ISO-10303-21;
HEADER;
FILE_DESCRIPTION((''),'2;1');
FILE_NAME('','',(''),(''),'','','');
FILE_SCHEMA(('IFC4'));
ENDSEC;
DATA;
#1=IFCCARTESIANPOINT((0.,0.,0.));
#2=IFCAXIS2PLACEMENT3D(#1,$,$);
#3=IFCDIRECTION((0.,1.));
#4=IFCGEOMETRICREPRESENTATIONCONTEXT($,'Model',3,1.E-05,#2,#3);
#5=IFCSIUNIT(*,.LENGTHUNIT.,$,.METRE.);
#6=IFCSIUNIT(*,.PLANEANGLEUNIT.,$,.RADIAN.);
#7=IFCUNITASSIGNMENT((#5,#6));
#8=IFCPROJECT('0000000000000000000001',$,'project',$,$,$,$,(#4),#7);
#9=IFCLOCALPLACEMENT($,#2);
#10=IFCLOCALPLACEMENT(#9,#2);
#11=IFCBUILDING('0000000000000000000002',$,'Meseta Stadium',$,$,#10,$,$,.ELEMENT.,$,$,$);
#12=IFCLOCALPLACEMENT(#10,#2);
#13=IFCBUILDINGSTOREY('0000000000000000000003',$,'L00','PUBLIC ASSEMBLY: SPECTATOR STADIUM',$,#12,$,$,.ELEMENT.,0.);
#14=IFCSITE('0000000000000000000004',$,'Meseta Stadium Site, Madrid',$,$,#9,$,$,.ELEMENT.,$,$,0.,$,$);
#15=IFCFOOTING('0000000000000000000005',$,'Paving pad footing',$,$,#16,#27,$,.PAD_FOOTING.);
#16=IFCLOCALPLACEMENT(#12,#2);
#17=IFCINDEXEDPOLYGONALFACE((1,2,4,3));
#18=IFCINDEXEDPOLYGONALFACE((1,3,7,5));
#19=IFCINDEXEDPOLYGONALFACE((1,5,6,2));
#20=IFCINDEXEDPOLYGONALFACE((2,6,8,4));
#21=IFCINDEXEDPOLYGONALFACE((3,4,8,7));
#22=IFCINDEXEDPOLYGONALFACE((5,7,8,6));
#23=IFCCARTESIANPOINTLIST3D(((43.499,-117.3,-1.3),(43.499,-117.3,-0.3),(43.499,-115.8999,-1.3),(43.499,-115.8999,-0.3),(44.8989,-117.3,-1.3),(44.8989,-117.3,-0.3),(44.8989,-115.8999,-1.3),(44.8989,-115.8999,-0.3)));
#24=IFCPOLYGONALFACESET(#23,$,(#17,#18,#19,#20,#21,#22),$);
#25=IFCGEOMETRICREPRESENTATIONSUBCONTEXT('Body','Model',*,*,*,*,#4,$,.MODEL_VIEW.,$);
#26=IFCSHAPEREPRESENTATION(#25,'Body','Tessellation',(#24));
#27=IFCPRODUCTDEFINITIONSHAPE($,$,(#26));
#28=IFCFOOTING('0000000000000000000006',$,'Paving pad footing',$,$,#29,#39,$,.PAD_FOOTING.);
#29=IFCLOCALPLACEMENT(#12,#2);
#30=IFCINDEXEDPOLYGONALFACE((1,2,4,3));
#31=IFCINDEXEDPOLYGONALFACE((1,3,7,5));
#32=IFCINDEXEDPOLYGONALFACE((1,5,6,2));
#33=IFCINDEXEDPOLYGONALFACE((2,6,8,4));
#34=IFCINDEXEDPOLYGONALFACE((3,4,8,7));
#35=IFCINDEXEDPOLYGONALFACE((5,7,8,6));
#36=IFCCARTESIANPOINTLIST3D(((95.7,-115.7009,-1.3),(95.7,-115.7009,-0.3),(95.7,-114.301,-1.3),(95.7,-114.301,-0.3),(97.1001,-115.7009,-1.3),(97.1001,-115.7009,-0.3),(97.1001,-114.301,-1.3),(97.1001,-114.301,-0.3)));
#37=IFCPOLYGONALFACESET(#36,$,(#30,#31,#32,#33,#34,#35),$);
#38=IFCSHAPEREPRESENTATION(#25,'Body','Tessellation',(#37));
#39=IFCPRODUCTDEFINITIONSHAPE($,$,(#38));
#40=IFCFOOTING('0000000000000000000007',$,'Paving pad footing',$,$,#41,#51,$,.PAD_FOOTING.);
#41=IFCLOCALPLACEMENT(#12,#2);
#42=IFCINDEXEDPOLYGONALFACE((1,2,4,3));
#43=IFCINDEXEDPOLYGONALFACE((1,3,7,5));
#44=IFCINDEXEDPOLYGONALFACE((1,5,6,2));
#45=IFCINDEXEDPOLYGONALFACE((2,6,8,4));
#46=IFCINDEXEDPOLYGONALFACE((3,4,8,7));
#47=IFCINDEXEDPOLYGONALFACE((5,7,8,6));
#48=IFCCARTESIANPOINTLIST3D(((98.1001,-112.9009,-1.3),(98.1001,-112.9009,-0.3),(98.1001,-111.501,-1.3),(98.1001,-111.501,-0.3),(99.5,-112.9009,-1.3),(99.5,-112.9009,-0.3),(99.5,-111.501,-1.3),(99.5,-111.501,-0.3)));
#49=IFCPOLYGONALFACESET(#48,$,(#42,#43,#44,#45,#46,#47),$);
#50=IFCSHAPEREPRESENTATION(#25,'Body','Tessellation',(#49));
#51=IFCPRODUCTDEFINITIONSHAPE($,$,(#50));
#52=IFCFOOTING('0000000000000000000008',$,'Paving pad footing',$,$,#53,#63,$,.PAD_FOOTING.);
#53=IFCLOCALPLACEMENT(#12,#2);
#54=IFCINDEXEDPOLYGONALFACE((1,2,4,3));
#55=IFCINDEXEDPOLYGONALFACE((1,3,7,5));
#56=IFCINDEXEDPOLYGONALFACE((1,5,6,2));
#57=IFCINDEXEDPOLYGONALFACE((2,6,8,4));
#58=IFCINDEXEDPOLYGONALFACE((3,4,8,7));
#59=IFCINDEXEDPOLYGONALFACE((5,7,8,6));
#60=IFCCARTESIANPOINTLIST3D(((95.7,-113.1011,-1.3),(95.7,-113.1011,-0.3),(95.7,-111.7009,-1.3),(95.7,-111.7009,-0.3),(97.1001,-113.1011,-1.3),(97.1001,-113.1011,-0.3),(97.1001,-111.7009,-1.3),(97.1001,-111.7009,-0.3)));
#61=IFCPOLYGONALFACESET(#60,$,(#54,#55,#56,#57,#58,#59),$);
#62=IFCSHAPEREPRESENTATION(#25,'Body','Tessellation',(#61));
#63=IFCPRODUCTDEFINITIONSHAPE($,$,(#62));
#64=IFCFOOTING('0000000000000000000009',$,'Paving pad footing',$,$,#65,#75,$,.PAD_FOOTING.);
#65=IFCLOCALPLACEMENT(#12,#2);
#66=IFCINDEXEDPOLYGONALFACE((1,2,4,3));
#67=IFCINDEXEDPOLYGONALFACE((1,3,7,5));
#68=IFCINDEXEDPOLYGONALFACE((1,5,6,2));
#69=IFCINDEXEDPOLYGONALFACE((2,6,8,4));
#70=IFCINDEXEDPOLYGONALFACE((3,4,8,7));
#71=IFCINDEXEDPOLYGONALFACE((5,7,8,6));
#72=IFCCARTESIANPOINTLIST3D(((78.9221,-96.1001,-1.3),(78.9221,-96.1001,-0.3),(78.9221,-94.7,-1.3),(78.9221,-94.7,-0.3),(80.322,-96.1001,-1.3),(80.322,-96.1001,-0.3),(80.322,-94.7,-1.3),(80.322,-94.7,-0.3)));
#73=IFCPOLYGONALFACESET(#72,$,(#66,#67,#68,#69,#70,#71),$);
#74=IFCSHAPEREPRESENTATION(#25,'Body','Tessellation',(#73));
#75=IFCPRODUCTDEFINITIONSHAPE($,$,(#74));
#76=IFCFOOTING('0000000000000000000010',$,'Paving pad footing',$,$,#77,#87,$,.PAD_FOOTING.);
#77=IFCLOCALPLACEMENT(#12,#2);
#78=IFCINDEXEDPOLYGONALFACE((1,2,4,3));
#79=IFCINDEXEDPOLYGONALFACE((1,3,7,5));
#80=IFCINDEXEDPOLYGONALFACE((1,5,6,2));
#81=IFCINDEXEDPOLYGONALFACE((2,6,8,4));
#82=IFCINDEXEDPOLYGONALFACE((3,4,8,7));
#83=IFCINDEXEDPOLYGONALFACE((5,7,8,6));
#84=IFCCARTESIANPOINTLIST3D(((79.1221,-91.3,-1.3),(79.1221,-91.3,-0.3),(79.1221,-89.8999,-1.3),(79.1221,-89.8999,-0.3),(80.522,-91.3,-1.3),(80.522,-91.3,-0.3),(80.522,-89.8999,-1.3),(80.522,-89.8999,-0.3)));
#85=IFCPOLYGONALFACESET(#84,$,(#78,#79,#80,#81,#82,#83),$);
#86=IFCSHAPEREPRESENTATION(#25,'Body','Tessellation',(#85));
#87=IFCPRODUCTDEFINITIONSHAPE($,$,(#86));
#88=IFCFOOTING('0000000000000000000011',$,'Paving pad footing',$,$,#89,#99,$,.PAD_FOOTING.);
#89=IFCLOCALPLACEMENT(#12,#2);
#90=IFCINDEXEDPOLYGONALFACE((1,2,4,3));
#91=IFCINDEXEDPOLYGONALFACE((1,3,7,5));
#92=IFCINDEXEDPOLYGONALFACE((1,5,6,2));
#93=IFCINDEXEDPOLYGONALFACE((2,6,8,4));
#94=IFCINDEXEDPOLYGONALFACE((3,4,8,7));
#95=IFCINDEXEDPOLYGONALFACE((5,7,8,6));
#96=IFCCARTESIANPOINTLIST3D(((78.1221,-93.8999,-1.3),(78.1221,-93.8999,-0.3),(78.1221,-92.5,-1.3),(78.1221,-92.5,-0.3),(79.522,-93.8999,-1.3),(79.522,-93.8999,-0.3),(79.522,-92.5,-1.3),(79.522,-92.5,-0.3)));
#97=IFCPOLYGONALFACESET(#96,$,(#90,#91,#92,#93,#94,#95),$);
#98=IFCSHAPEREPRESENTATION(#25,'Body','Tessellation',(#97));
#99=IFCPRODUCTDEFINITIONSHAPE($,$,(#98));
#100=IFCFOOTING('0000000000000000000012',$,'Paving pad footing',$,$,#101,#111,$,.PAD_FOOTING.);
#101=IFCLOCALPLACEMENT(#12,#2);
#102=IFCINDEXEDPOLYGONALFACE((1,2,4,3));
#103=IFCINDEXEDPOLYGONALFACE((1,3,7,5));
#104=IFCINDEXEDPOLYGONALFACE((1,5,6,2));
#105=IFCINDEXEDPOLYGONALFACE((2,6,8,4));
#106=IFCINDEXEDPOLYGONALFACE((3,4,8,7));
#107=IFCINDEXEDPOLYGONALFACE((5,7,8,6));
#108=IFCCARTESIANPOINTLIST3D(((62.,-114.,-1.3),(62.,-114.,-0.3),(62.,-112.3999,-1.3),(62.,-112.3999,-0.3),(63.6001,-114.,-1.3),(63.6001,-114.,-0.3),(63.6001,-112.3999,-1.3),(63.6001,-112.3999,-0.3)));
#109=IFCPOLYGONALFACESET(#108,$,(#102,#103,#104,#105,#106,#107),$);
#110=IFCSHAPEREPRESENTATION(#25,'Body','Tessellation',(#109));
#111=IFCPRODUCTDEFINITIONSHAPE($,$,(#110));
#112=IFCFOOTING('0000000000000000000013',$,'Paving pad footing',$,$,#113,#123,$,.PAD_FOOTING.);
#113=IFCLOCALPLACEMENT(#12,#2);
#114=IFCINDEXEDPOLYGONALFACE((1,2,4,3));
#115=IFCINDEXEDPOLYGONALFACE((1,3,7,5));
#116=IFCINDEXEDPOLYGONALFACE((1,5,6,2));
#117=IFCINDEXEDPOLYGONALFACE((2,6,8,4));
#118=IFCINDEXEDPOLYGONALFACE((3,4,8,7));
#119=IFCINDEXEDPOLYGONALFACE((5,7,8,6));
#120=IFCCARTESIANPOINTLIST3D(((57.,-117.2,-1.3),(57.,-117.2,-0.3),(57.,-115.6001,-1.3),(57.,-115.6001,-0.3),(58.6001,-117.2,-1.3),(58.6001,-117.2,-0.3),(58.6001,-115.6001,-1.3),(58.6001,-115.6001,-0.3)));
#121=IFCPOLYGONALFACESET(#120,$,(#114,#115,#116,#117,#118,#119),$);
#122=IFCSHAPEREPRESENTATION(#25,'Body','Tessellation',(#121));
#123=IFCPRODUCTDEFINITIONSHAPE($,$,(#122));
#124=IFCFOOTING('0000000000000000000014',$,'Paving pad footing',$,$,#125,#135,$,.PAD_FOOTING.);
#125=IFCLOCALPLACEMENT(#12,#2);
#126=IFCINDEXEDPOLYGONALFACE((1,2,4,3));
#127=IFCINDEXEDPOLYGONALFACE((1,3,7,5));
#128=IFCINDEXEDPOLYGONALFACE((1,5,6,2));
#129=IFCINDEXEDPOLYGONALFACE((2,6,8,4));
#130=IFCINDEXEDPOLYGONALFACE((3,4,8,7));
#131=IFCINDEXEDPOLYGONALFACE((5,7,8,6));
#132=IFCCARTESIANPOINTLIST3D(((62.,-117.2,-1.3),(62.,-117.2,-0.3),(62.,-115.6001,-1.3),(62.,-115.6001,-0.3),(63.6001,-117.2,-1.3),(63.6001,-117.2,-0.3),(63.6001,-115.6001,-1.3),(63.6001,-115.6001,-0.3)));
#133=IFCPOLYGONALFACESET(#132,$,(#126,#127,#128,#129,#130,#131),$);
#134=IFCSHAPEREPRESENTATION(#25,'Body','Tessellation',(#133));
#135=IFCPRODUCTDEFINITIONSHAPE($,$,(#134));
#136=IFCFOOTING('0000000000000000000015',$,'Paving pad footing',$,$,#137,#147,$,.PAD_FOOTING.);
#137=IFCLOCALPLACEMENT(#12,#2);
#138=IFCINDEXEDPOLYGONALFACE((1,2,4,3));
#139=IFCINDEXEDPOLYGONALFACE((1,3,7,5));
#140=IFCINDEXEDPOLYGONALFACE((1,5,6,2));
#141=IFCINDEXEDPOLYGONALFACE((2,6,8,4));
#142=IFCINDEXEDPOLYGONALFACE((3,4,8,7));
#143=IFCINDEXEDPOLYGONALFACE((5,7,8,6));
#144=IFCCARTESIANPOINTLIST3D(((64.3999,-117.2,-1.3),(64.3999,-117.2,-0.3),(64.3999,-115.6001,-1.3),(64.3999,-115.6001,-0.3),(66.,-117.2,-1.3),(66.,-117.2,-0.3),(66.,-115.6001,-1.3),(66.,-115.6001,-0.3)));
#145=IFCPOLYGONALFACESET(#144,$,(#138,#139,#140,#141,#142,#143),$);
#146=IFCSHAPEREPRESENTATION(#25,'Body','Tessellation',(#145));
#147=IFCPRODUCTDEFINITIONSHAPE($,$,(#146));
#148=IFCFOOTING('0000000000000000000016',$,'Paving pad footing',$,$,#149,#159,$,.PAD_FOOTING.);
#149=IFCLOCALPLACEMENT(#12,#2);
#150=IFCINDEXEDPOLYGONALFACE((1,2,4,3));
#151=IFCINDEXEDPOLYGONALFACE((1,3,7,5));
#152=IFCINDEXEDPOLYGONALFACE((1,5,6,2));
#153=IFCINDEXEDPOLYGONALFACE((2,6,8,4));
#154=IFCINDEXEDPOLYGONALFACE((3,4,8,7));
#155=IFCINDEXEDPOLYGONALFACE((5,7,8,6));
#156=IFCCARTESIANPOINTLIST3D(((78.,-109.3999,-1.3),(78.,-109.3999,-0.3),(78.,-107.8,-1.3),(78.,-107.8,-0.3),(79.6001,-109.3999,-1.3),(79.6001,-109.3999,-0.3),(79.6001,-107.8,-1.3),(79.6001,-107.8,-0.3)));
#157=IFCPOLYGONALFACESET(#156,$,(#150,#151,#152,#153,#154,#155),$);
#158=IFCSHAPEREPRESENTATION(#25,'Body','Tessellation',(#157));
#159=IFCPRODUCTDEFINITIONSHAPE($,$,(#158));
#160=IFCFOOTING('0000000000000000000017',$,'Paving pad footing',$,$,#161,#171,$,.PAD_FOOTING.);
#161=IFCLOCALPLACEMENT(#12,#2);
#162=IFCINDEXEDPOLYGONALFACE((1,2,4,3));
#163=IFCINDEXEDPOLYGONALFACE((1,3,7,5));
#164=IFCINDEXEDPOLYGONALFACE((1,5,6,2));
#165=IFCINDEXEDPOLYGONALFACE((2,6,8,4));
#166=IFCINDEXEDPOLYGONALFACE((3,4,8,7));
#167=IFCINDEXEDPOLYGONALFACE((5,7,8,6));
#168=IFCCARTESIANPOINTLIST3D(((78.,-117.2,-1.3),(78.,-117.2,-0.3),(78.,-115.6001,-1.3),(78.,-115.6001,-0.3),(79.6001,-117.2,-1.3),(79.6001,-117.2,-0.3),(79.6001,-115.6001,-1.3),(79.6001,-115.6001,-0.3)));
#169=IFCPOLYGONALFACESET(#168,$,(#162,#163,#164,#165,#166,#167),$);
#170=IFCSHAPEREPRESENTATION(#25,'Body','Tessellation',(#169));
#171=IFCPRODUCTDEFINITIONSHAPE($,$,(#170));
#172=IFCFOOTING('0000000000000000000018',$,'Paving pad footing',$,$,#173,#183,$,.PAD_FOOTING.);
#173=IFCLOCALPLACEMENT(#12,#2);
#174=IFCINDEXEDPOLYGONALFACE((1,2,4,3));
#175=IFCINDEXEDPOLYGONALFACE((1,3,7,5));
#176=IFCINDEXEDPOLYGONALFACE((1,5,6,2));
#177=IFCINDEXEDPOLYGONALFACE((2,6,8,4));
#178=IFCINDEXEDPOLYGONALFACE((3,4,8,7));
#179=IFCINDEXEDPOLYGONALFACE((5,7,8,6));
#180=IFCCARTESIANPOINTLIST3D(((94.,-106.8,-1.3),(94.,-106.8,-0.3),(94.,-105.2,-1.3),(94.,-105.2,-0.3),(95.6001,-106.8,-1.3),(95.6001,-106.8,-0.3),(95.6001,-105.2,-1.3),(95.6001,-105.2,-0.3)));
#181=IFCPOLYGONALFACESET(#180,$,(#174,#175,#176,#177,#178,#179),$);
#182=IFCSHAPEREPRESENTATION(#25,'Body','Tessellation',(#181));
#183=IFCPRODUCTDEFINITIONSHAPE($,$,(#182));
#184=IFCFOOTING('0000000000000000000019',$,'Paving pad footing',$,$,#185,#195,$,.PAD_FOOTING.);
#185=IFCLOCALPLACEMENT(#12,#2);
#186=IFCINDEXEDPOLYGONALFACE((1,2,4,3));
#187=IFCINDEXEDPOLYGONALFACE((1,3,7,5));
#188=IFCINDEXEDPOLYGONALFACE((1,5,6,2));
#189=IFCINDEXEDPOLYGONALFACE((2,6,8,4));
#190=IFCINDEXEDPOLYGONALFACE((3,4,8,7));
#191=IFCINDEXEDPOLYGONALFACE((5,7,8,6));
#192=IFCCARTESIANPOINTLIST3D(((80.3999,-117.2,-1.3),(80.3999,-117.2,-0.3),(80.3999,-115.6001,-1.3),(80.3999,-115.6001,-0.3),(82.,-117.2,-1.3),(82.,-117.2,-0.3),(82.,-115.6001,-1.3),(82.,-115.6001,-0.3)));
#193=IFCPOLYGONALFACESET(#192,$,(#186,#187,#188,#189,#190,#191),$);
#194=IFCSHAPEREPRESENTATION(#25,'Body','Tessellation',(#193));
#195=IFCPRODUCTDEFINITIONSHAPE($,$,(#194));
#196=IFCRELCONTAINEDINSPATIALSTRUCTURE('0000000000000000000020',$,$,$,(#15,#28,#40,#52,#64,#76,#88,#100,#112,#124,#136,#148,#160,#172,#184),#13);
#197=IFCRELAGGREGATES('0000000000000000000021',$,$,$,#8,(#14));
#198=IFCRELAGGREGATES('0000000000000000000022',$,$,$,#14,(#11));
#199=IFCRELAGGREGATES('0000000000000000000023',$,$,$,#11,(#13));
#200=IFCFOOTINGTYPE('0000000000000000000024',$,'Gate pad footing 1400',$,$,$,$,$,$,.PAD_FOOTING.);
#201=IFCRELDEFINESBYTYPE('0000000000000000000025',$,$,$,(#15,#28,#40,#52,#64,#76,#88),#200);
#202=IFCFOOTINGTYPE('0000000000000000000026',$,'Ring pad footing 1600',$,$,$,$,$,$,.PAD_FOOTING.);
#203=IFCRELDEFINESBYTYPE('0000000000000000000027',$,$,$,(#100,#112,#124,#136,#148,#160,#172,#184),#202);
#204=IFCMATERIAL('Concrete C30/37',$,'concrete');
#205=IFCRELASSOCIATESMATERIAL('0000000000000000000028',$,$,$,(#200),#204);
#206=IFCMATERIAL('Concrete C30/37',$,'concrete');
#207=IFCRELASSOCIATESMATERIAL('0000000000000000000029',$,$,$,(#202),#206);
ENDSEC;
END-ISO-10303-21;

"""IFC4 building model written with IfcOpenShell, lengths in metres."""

from ifc_helpers import new_model, si_unit, direction, frame, origin, place, context, subcontext, project, spatial, polyline, outline, extrude, material, type_object, element, save


model = new_model("IFC4")

# Units and contexts
model_context = context("Model", 3, precision=1e-05, world=origin(), true_north=direction((0.0, 1.0)))
body_context = subcontext(model_context, "Body", "Model", "MODEL_VIEW")
ifc_project = project(units=[si_unit("LENGTHUNIT", "METRE"), si_unit("PLANEANGLEUNIT", "RADIAN")], contexts=[model_context])

# Site, building, storey
site_placement = place(None, origin())
site = spatial("IfcSite", under=ifc_project, at=site_placement, Name="Meseta Stadium Site, Madrid", CompositionType="ELEMENT", RefElevation=0.0)
building_placement = place(site_placement, origin())
building = spatial("IfcBuilding", under=site, at=building_placement, Name="Meseta Stadium", CompositionType="ELEMENT")
storey_placement = place(building_placement, origin())
storey = spatial("IfcBuildingStorey", under=building, at=storey_placement, Name="L00", Description="PUBLIC ASSEMBLY: SPECTATOR STADIUM", CompositionType="ELEMENT", Elevation=0.0)

# Footings
ifc_material_1 = material(Name="Concrete C30/37", Category="concrete")
footing_type_1 = type_object("IfcFootingType", Name="Gate pad footing 1400", PredefinedType="PAD_FOOTING", material=ifc_material_1)
footing_1_placement = place(storey_placement, frame((0.0, 0.0, -1.3)))
element("IfcFooting", 1, at=footing_1_placement, inside=storey, type_object=footing_type_1, Name="Paving pad footing", PredefinedType="PAD_FOOTING", context=body_context, shape_type="SweptSolid", body=[
    extrude(outline(polyline([(44.8989, -117.3), (44.8989, -115.8999), (43.499, -115.8999), (43.499, -117.3), (44.8989, -117.3)])), origin(), (0.0, 0.0, 1.0), 1.0),
])
footing_2_placement = place(storey_placement, frame((0.0, 0.0, -1.3)))
element("IfcFooting", 2, at=footing_2_placement, inside=storey, type_object=footing_type_1, Name="Paving pad footing", PredefinedType="PAD_FOOTING", context=body_context, shape_type="SweptSolid", body=[
    extrude(outline(polyline([(97.1001, -115.7009), (97.1001, -114.301), (95.7, -114.301), (95.7, -115.7009), (97.1001, -115.7009)])), origin(), (0.0, 0.0, 1.0), 1.0),
])
footing_3_placement = place(storey_placement, frame((0.0, 0.0, -1.3)))
element("IfcFooting", 3, at=footing_3_placement, inside=storey, type_object=footing_type_1, Name="Paving pad footing", PredefinedType="PAD_FOOTING", context=body_context, shape_type="SweptSolid", body=[
    extrude(outline(polyline([(99.5, -112.9009), (99.5, -111.501), (98.1001, -111.501), (98.1001, -112.9009), (99.5, -112.9009)])), origin(), (0.0, 0.0, 1.0), 1.0),
])
footing_4_placement = place(storey_placement, frame((0.0, 0.0, -1.3)))
element("IfcFooting", 4, at=footing_4_placement, inside=storey, type_object=footing_type_1, Name="Paving pad footing", PredefinedType="PAD_FOOTING", context=body_context, shape_type="SweptSolid", body=[
    extrude(outline(polyline([(97.1001, -113.1011), (97.1001, -111.7009), (95.7, -111.7009), (95.7, -113.1011), (97.1001, -113.1011)])), origin(), (0.0, 0.0, 1.0), 1.0),
])
footing_5_placement = place(storey_placement, frame((0.0, 0.0, -1.3)))
element("IfcFooting", 5, at=footing_5_placement, inside=storey, type_object=footing_type_1, Name="Paving pad footing", PredefinedType="PAD_FOOTING", context=body_context, shape_type="SweptSolid", body=[
    extrude(outline(polyline([(80.322, -96.1001), (80.322, -94.7), (78.9221, -94.7), (78.9221, -96.1001), (80.322, -96.1001)])), origin(), (0.0, 0.0, 1.0), 1.0),
])
footing_6_placement = place(storey_placement, frame((0.0, 0.0, -1.3)))
element("IfcFooting", 6, at=footing_6_placement, inside=storey, type_object=footing_type_1, Name="Paving pad footing", PredefinedType="PAD_FOOTING", context=body_context, shape_type="SweptSolid", body=[
    extrude(outline(polyline([(80.522, -91.3), (80.522, -89.8999), (79.1221, -89.8999), (79.1221, -91.3), (80.522, -91.3)])), origin(), (0.0, 0.0, 1.0), 1.0),
])
footing_7_placement = place(storey_placement, frame((0.0, 0.0, -1.3)))
element("IfcFooting", 7, at=footing_7_placement, inside=storey, type_object=footing_type_1, Name="Paving pad footing", PredefinedType="PAD_FOOTING", context=body_context, shape_type="SweptSolid", body=[
    extrude(outline(polyline([(79.522, -93.8999), (79.522, -92.5), (78.1221, -92.5), (78.1221, -93.8999), (79.522, -93.8999)])), origin(), (0.0, 0.0, 1.0), 1.0),
])
ifc_material_2 = material(Name="Concrete C30/37", Category="concrete")
footing_type_2 = type_object("IfcFootingType", Name="Ring pad footing 1600", PredefinedType="PAD_FOOTING", material=ifc_material_2)
footing_8_placement = place(storey_placement, frame((0.0, 0.0, -1.3)))
element("IfcFooting", 8, at=footing_8_placement, inside=storey, type_object=footing_type_2, Name="Paving pad footing", PredefinedType="PAD_FOOTING", context=body_context, shape_type="SweptSolid", body=[
    extrude(outline(polyline([(63.6001, -114.0), (63.6001, -112.3999), (62.0, -112.3999), (62.0, -114.0), (63.6001, -114.0)])), origin(), (0.0, 0.0, 1.0), 1.0),
])
footing_9_placement = place(storey_placement, frame((0.0, 0.0, -1.3)))
element("IfcFooting", 9, at=footing_9_placement, inside=storey, type_object=footing_type_2, Name="Paving pad footing", PredefinedType="PAD_FOOTING", context=body_context, shape_type="SweptSolid", body=[
    extrude(outline(polyline([(58.6001, -117.2), (58.6001, -115.6001), (57.0, -115.6001), (57.0, -117.2), (58.6001, -117.2)])), origin(), (0.0, 0.0, 1.0), 1.0),
])
footing_10_placement = place(storey_placement, frame((0.0, 0.0, -1.3)))
element("IfcFooting", 10, at=footing_10_placement, inside=storey, type_object=footing_type_2, Name="Paving pad footing", PredefinedType="PAD_FOOTING", context=body_context, shape_type="SweptSolid", body=[
    extrude(outline(polyline([(63.6001, -117.2), (63.6001, -115.6001), (62.0, -115.6001), (62.0, -117.2), (63.6001, -117.2)])), origin(), (0.0, 0.0, 1.0), 1.0),
])
footing_11_placement = place(storey_placement, frame((0.0, 0.0, -1.3)))
element("IfcFooting", 11, at=footing_11_placement, inside=storey, type_object=footing_type_2, Name="Paving pad footing", PredefinedType="PAD_FOOTING", context=body_context, shape_type="SweptSolid", body=[
    extrude(outline(polyline([(66.0, -117.2), (66.0, -115.6001), (64.3999, -115.6001), (64.3999, -117.2), (66.0, -117.2)])), origin(), (0.0, 0.0, 1.0), 1.0),
])
footing_12_placement = place(storey_placement, frame((0.0, 0.0, -1.3)))
element("IfcFooting", 12, at=footing_12_placement, inside=storey, type_object=footing_type_2, Name="Paving pad footing", PredefinedType="PAD_FOOTING", context=body_context, shape_type="SweptSolid", body=[
    extrude(outline(polyline([(79.6001, -109.3999), (79.6001, -107.8), (78.0, -107.8), (78.0, -109.3999), (79.6001, -109.3999)])), origin(), (0.0, 0.0, 1.0), 1.0),
])
footing_13_placement = place(storey_placement, frame((0.0, 0.0, -1.3)))
element("IfcFooting", 13, at=footing_13_placement, inside=storey, type_object=footing_type_2, Name="Paving pad footing", PredefinedType="PAD_FOOTING", context=body_context, shape_type="SweptSolid", body=[
    extrude(outline(polyline([(79.6001, -117.2), (79.6001, -115.6001), (78.0, -115.6001), (78.0, -117.2), (79.6001, -117.2)])), origin(), (0.0, 0.0, 1.0), 1.0),
])
footing_14_placement = place(storey_placement, frame((0.0, 0.0, -1.3)))
element("IfcFooting", 14, at=footing_14_placement, inside=storey, type_object=footing_type_2, Name="Paving pad footing", PredefinedType="PAD_FOOTING", context=body_context, shape_type="SweptSolid", body=[
    extrude(outline(polyline([(95.6001, -106.8), (95.6001, -105.2), (94.0, -105.2), (94.0, -106.8), (95.6001, -106.8)])), origin(), (0.0, 0.0, 1.0), 1.0),
])
footing_15_placement = place(storey_placement, frame((0.0, 0.0, -1.3)))
element("IfcFooting", 15, at=footing_15_placement, inside=storey, type_object=footing_type_2, Name="Paving pad footing", PredefinedType="PAD_FOOTING", context=body_context, shape_type="SweptSolid", body=[
    extrude(outline(polyline([(82.0, -117.2), (82.0, -115.6001), (80.3999, -115.6001), (80.3999, -117.2), (82.0, -117.2)])), origin(), (0.0, 0.0, 1.0), 1.0),
])

save(model, "model.ifc")
